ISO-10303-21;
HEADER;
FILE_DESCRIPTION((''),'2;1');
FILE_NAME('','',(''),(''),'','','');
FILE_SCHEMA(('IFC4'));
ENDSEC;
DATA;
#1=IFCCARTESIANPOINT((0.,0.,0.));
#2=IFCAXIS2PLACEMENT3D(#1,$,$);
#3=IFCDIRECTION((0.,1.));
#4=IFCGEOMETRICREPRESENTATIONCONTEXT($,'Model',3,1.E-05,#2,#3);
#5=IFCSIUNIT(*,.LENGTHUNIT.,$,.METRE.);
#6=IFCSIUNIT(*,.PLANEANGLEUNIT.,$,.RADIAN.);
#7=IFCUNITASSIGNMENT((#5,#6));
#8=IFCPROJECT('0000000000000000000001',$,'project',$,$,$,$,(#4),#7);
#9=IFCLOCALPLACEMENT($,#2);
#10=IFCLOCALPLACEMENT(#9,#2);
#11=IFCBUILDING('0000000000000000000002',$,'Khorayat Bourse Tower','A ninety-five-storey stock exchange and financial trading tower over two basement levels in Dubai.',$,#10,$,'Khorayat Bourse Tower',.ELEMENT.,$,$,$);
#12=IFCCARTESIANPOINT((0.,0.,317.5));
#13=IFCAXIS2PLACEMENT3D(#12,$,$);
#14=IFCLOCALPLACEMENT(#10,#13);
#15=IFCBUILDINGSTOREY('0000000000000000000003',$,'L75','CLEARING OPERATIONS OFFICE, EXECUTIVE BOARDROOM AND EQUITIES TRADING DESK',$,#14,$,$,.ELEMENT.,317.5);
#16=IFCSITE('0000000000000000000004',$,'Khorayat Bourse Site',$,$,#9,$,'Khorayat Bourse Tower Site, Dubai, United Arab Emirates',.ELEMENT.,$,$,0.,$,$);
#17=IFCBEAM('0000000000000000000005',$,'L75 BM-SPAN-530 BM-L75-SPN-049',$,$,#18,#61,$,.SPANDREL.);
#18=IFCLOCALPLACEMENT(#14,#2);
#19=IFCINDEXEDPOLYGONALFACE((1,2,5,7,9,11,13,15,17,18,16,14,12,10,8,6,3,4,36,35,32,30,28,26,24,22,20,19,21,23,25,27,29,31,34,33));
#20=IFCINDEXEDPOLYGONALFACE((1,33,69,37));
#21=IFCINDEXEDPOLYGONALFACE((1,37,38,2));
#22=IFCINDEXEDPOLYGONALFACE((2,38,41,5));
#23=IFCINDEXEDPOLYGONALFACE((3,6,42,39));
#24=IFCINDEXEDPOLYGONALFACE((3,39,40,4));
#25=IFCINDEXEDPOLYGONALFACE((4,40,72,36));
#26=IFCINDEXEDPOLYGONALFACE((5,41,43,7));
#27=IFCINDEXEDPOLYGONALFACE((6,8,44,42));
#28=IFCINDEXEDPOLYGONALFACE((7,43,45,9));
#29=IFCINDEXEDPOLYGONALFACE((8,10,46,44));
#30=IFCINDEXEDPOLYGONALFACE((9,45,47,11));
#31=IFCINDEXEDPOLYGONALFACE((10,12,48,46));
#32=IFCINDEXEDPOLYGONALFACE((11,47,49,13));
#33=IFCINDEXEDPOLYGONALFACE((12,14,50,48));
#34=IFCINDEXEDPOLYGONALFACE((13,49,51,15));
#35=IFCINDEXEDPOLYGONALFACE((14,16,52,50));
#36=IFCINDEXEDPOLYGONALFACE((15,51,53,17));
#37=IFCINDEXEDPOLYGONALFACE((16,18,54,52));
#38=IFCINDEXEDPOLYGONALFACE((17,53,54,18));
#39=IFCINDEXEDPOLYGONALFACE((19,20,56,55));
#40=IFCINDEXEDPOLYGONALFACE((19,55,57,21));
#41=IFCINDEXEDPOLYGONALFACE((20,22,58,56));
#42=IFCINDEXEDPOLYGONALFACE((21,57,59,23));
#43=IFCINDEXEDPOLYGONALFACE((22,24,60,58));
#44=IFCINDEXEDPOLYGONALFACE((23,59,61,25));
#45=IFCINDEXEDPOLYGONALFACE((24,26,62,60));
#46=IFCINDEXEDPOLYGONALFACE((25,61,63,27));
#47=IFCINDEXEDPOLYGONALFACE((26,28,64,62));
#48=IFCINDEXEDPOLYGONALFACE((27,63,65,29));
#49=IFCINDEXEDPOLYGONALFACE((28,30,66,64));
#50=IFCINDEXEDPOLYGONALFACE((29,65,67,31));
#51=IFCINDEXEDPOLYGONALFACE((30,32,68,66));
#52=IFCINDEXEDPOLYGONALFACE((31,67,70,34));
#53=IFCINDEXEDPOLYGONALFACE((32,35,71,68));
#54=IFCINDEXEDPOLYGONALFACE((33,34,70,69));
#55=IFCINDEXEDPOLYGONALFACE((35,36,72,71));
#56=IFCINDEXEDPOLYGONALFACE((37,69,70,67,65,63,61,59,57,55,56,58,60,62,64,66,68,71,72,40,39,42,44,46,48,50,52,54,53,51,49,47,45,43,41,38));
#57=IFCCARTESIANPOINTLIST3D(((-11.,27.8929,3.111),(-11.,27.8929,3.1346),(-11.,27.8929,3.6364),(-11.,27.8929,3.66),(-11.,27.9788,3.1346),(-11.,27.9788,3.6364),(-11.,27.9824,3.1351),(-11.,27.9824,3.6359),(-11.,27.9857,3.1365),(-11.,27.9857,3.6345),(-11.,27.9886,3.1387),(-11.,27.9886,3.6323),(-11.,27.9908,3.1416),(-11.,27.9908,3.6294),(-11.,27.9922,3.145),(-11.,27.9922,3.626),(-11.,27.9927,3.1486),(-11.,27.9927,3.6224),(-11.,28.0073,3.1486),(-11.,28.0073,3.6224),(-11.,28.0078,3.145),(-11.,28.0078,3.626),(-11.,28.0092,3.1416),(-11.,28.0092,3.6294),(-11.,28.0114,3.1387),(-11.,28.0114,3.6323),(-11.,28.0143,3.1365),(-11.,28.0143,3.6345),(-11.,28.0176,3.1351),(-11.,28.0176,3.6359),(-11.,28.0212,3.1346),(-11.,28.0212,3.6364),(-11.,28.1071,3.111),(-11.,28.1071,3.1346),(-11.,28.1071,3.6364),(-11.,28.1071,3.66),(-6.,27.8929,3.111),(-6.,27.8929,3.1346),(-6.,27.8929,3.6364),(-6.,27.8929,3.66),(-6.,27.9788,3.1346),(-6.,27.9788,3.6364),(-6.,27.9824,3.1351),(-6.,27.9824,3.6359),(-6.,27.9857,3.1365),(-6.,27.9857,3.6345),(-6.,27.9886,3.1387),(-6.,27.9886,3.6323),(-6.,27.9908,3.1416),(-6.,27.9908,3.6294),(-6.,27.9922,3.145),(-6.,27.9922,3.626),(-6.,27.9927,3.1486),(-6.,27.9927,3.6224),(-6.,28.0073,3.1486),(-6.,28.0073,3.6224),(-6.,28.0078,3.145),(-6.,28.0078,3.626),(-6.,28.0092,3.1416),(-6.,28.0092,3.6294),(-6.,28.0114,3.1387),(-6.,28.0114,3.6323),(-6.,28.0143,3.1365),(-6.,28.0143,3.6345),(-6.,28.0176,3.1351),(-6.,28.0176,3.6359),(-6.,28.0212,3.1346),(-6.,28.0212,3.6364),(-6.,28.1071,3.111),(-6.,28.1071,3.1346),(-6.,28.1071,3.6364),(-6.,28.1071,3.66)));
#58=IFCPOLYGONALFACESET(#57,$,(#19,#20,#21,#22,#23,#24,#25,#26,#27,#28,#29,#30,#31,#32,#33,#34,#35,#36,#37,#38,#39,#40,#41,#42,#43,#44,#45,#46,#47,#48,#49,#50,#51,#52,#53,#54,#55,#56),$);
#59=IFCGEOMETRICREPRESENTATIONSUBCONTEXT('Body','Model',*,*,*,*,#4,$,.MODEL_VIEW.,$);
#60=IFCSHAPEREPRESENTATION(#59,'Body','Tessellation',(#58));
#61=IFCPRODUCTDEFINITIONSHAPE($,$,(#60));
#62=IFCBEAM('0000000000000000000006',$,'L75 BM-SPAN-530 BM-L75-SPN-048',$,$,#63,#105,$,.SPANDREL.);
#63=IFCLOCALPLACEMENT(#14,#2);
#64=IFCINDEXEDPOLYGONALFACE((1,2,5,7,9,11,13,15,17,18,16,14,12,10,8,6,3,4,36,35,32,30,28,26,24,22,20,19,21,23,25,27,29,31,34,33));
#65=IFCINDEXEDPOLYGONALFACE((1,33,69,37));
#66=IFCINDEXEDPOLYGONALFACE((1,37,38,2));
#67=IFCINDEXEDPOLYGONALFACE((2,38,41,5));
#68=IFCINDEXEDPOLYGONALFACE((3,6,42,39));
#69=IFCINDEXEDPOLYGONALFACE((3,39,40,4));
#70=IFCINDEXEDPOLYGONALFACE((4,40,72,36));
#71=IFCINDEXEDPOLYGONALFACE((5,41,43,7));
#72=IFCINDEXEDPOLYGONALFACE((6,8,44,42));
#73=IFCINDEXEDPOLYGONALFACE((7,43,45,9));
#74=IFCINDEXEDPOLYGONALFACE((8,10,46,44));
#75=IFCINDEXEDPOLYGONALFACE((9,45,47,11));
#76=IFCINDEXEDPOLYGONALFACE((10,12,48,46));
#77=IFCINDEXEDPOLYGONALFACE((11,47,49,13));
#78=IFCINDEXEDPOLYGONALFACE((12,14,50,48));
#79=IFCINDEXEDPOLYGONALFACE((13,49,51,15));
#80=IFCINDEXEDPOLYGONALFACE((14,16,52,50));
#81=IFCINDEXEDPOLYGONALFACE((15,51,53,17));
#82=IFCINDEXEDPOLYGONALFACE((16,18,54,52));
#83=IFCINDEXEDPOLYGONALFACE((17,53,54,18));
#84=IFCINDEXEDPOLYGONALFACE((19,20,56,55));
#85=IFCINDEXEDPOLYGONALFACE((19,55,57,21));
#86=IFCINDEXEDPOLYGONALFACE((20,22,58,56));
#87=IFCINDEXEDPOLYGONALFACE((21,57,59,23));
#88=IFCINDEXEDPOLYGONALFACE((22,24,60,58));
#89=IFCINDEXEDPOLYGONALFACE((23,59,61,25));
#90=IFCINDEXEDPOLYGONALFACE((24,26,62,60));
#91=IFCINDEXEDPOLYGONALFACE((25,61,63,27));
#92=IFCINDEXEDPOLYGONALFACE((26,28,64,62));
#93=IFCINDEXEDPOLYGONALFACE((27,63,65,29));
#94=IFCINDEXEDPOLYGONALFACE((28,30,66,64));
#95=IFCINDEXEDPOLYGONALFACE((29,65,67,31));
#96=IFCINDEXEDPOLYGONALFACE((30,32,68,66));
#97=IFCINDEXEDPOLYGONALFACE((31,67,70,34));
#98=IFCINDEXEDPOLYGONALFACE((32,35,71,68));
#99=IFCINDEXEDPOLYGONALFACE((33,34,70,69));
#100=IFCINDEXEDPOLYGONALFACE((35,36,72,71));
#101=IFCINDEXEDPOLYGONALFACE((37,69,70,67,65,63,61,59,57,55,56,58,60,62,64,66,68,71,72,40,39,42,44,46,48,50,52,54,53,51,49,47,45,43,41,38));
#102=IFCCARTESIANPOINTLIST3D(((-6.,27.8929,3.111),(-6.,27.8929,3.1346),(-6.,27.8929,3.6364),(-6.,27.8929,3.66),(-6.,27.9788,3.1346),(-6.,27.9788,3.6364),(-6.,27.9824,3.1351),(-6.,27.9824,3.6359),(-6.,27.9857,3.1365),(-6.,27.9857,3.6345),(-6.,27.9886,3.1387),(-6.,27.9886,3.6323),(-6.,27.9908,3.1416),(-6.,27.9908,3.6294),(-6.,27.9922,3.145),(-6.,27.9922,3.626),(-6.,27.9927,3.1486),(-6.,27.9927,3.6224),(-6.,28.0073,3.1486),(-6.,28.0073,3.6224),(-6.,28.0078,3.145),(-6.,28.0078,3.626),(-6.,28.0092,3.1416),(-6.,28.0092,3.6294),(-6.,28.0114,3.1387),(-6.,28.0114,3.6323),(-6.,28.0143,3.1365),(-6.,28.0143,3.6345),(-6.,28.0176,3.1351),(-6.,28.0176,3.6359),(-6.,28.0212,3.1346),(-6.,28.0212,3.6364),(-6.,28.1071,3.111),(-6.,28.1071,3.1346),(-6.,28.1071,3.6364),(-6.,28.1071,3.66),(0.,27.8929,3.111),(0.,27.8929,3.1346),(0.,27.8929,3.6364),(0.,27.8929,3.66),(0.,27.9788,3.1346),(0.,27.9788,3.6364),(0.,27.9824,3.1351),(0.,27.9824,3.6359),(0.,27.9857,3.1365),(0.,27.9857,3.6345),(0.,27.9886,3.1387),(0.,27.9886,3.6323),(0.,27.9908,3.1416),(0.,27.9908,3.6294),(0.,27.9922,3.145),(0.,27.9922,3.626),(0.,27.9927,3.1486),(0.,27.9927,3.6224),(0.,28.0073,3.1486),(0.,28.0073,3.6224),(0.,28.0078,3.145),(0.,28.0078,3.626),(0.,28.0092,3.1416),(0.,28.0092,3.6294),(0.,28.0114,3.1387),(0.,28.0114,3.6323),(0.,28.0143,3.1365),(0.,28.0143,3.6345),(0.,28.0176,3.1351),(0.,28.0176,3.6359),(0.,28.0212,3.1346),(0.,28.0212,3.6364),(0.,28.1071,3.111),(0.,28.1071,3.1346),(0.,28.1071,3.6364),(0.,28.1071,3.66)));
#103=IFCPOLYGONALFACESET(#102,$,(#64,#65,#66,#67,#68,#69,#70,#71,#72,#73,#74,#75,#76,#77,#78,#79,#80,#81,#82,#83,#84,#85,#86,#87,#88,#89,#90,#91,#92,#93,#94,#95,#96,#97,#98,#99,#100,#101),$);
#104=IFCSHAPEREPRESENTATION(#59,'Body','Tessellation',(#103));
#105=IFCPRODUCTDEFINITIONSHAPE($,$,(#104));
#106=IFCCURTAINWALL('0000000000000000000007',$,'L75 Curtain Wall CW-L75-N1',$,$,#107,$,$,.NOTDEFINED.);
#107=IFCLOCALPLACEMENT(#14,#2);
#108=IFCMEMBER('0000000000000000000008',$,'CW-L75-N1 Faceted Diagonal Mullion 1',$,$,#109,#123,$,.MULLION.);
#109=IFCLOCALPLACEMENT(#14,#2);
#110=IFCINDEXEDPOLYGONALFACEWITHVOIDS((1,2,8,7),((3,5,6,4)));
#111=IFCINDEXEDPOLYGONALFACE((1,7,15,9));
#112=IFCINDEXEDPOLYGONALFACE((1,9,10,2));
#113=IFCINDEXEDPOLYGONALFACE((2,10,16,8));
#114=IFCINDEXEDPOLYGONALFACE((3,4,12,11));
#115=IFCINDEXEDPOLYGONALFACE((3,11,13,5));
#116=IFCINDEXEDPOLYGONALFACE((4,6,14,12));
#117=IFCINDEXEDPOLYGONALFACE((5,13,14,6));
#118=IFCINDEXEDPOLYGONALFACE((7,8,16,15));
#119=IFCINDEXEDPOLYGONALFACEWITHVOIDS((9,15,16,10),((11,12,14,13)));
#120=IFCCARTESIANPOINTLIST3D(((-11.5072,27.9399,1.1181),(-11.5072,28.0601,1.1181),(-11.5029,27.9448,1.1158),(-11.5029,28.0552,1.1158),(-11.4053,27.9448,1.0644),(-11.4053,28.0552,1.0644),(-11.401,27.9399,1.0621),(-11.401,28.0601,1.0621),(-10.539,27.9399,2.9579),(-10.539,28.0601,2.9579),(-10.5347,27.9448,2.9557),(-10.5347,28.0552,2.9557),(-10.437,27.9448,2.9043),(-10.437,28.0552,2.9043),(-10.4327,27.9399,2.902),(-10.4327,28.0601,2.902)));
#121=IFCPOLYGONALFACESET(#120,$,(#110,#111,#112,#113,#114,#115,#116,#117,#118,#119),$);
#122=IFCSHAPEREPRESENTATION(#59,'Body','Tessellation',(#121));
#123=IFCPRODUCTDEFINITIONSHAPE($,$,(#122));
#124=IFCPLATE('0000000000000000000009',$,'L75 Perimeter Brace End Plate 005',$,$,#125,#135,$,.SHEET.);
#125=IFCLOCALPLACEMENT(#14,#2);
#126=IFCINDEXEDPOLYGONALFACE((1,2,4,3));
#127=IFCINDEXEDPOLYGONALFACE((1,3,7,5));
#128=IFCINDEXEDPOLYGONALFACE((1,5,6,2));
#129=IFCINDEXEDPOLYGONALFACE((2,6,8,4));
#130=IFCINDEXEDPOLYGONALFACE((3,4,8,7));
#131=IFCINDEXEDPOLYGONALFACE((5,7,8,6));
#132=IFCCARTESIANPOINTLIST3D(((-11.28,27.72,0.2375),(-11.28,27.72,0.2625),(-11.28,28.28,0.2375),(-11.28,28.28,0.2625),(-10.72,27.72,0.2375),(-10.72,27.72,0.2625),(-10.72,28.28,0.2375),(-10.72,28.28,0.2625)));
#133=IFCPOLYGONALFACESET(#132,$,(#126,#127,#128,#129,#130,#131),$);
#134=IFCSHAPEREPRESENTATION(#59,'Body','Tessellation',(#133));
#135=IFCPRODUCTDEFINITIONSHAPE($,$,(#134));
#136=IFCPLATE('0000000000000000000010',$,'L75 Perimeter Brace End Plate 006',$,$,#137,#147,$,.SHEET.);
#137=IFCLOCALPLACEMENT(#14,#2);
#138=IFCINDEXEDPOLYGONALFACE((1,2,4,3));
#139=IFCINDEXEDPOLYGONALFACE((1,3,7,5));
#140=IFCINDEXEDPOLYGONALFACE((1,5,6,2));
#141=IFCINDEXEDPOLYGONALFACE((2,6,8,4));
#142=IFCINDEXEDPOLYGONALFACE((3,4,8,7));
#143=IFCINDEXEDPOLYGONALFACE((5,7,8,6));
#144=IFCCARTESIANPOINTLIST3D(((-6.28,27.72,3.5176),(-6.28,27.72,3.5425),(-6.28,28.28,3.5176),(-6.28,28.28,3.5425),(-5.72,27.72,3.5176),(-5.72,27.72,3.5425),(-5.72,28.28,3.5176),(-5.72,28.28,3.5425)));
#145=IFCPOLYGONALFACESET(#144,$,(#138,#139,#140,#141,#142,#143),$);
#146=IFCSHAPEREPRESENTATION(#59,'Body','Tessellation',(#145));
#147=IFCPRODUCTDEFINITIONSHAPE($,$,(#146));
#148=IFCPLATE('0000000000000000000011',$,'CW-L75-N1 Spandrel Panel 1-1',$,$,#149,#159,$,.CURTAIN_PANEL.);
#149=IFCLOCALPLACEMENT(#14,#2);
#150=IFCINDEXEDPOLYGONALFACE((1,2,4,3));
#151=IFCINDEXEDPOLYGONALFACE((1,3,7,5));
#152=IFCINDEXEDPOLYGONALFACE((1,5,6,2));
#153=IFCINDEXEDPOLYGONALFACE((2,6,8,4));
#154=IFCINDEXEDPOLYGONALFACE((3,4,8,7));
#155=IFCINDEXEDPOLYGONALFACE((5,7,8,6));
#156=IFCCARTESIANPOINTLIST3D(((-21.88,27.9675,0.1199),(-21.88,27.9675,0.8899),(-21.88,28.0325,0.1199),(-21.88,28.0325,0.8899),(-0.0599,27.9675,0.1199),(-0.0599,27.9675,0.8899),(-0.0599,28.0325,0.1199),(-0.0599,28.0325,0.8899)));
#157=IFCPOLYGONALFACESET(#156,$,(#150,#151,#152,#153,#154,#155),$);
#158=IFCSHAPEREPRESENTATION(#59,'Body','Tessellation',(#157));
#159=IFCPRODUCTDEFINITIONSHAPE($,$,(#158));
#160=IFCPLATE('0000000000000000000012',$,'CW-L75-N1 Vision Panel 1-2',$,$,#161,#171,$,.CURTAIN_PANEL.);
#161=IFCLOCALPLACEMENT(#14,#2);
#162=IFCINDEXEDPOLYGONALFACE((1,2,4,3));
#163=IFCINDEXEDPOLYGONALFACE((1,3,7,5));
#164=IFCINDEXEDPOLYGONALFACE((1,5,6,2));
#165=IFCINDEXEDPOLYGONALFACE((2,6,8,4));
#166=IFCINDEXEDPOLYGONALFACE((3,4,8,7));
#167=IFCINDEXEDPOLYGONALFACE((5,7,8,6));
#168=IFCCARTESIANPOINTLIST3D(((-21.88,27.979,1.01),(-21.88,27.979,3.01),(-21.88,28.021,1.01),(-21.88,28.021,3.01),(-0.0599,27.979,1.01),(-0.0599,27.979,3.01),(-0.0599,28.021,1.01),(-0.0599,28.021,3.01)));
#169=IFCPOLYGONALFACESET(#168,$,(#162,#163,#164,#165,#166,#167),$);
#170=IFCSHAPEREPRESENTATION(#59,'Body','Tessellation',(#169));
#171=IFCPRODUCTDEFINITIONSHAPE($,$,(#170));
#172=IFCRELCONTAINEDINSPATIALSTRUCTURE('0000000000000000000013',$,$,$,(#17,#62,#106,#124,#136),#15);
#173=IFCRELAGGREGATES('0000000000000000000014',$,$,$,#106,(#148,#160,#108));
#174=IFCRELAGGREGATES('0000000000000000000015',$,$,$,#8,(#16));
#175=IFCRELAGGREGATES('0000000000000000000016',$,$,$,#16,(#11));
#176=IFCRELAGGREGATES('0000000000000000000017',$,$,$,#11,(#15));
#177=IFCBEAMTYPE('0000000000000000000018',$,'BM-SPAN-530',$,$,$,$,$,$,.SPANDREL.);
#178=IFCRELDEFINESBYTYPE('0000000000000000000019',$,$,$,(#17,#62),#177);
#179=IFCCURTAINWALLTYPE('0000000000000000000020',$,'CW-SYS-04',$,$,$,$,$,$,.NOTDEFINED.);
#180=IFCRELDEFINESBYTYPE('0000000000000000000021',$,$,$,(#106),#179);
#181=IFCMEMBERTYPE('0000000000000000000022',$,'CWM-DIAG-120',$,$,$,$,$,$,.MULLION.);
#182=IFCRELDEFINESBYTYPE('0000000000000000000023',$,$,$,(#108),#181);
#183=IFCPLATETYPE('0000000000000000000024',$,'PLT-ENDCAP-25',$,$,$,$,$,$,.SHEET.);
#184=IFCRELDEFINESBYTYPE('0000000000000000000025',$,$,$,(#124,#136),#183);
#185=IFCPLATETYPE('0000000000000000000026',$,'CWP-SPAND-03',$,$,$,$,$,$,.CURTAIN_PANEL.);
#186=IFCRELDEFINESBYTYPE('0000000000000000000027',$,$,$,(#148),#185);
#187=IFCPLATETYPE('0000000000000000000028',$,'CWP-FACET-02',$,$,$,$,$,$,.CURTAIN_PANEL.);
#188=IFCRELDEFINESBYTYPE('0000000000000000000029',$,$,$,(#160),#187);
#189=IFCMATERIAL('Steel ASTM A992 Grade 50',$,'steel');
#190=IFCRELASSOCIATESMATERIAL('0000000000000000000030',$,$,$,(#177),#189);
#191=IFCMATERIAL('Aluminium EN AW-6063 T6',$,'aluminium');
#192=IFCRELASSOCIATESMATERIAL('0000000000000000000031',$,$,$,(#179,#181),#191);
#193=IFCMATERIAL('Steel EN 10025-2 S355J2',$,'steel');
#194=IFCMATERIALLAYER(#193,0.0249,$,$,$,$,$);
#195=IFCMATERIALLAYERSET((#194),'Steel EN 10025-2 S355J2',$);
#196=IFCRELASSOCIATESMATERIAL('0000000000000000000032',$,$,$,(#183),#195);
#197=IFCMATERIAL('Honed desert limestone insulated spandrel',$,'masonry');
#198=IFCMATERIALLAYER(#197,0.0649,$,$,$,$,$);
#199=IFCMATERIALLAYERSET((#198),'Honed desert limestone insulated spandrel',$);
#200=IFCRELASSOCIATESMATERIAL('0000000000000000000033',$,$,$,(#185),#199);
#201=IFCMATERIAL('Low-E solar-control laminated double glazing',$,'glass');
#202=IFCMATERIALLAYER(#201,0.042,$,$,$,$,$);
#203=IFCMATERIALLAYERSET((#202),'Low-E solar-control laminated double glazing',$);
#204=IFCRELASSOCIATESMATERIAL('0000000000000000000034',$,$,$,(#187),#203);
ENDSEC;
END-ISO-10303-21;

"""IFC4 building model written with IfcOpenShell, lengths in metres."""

from ifc_helpers import new_model, si_unit, direction, frame, origin, origin_2d, place, context, subcontext, project, spatial, rectangle, hollow_rectangle, i_section, extrude, source, transform, mapped, material, layer, layer_set, material_profile, profile_set, type_object, element, aggregate, save


model = new_model("IFC4")

# Units and contexts
model_context = context("Model", 3, precision=1e-05, world=origin(), true_north=direction((0.0, 1.0)))
body_context = subcontext(model_context, "Body", "Model", "MODEL_VIEW")
ifc_project = project(units=[si_unit("LENGTHUNIT", "METRE"), si_unit("PLANEANGLEUNIT", "RADIAN")], contexts=[model_context])

# Site, building, storey
site_placement = place(None, origin())
site = spatial("IfcSite", under=ifc_project, at=site_placement, Name="Khorayat Bourse Site", LongName="Khorayat Bourse Tower Site, Dubai, United Arab Emirates", CompositionType="ELEMENT", RefElevation=0.0)
building_placement = place(site_placement, origin())
building = spatial("IfcBuilding", under=site, at=building_placement, Name="Khorayat Bourse Tower", Description="A ninety-five-storey stock exchange and financial trading tower over two basement levels in Dubai.", LongName="Khorayat Bourse Tower", CompositionType="ELEMENT")
storey_placement = place(building_placement, frame((0.0, 0.0, 317.5)))
storey = spatial("IfcBuildingStorey", under=building, at=storey_placement, Name="L75", Description="CLEARING OPERATIONS OFFICE, EXECUTIVE BOARDROOM AND EQUITIES TRADING DESK", CompositionType="ELEMENT", Elevation=317.5)

# Beams
ifc_material_1 = material(Name="Steel ASTM A992 Grade 50", Category="steel")
ifc_material_profile_1 = material_profile(ifc_material_1, i_section(OverallWidth=0.2141, OverallDepth=0.5491, WebThickness=0.0146, FlangeThickness=0.0237, FilletRadius=0.0139, at=origin_2d()), Name="W530X138")
ifc_profile_set_1 = profile_set([ifc_material_profile_1], Name="Steel ASTM A992 Grade 50")
beam_type_1 = type_object("IfcBeamType", Name="BM-SPAN-530", PredefinedType="SPANDREL", material=ifc_profile_set_1)
shared_shape_1 = source(origin(), body_context, "Body", "SweptSolid", [
    extrude(i_section(OverallWidth=0.2141, OverallDepth=0.5491, WebThickness=0.0146, FlangeThickness=0.0237, FilletRadius=0.0139, at=origin_2d()), origin(), (0.0, 0.0, 1.0), 5.0),
])
beam_1_placement = place(storey_placement, frame((-11.0, 28.0, 3.3855), z_axis=(1.0, 0.0, 0.0), x_axis=(0.0, 1.0, 0.0)))
element("IfcBeam", 1, at=beam_1_placement, inside=storey, type_object=beam_type_1, Name="L75 BM-SPAN-530 BM-L75-SPN-049", PredefinedType="SPANDREL", context=body_context, shape_type="MappedRepresentation", body=[
    mapped(shared_shape_1, transform((0.0, 0.0, 0.0), scale=1.0)),
])
shared_shape_2 = source(origin(), body_context, "Body", "SweptSolid", [
    extrude(i_section(OverallWidth=0.2141, OverallDepth=0.5491, WebThickness=0.0146, FlangeThickness=0.0237, FilletRadius=0.0139, at=origin_2d()), origin(), (0.0, 0.0, 1.0), 6.0),
])
beam_2_placement = place(storey_placement, frame((-6.0, 28.0, 3.3855), z_axis=(1.0, 0.0, 0.0), x_axis=(0.0, 1.0, 0.0)))
element("IfcBeam", 2, at=beam_2_placement, inside=storey, type_object=beam_type_1, Name="L75 BM-SPAN-530 BM-L75-SPN-048", PredefinedType="SPANDREL", context=body_context, shape_type="MappedRepresentation", body=[
    mapped(shared_shape_2, transform((0.0, 0.0, 0.0), scale=1.0)),
])

# Curtain wall, member
ifc_material_2 = material(Name="Aluminium EN AW-6063 T6", Category="aluminium")
curtain_wall_type = type_object("IfcCurtainWallType", Name="CW-SYS-04", PredefinedType="NOTDEFINED", material=ifc_material_2)
curtain_wall_placement = place(storey_placement, origin())
curtain_wall = element("IfcCurtainWall", 3, at=curtain_wall_placement, inside=storey, type_object=curtain_wall_type, Name="L75 Curtain Wall CW-L75-N1", PredefinedType="NOTDEFINED")
ifc_material_profile_2 = material_profile(ifc_material_2, hollow_rectangle(XDim=0.1201, YDim=0.1201, WallThickness=0.0049, at=origin_2d()), Name="ALU 120x120x5")
ifc_profile_set_2 = profile_set([ifc_material_profile_2], Name="Aluminium EN AW-6063 T6")
member_type_1 = type_object("IfcMemberType", Name="CWM-DIAG-120", PredefinedType="MULLION", material=ifc_profile_set_2)
shared_shape_3 = source(origin(), body_context, "Body", "SweptSolid", [
    extrude(hollow_rectangle(XDim=0.1201, YDim=0.1201, WallThickness=0.0049, at=origin_2d()), origin(), (0.0, 0.0, 1.0), 2.0791),
])
member_1_placement = place(storey_placement, frame((-11.4541, 28.0, 1.0901), z_axis=(0.465717, 0.0, 0.884934), x_axis=(0.0, 1.0, 0.0)))
member_1 = element("IfcMember", 4, at=member_1_placement, type_object=member_type_1, Name="CW-L75-N1 Faceted Diagonal Mullion 1", PredefinedType="MULLION", context=body_context, shape_type="MappedRepresentation", body=[
    mapped(shared_shape_3, transform((0.0, 0.0, 0.0), scale=1.0)),
])

# Plates
ifc_material_3 = material(Name="Steel EN 10025-2 S355J2", Category="steel")
ifc_layer_1 = layer(ifc_material_3, 0.0249)
ifc_layer_set_1 = layer_set([ifc_layer_1], Name="Steel EN 10025-2 S355J2")
plate_type_1 = type_object("IfcPlateType", Name="PLT-ENDCAP-25", PredefinedType="SHEET", material=ifc_layer_set_1)
shared_shape_4 = source(origin(), body_context, "Body", "SweptSolid", [
    extrude(rectangle(XDim=0.5601, YDim=0.5601, at=origin_2d()), origin(), (0.0, 0.0, 1.0), 0.0249),
])
for number, where, z_axis, x_axis, name in (
    (5, (-11.0, 28.0, 0.2375), (0.0, 0.0, 1.0), (1.0, 0.0, 0.0), "L75 Perimeter Brace End Plate 005"),
    (6, (-6.0, 28.0, 3.5176), (0.0, 0.0, 1.0), (1.0, 0.0, 0.0), "L75 Perimeter Brace End Plate 006"),
):
    element("IfcPlate", number, at=place(storey_placement, frame(where, z_axis=z_axis, x_axis=x_axis)), inside=storey, type_object=plate_type_1, Name=name, PredefinedType="SHEET", context=body_context, shape_type="MappedRepresentation", body=[
        mapped(shared_shape_4, transform((0.0, 0.0, 0.0), scale=1.0)),
    ])

# Plates
ifc_material_4 = material(Name="Honed desert limestone insulated spandrel", Category="masonry")
ifc_layer_2 = layer(ifc_material_4, 0.0649)
ifc_layer_set_2 = layer_set([ifc_layer_2], Name="Honed desert limestone insulated spandrel")
plate_type_2 = type_object("IfcPlateType", Name="CWP-SPAND-03", PredefinedType="CURTAIN_PANEL", material=ifc_layer_set_2)
shared_shape_5 = source(origin(), body_context, "Body", "SweptSolid", [
    extrude(rectangle(XDim=21.8201, YDim=0.0649, at=origin_2d()), origin(), (0.0, 0.0, 1.0), 0.77),
])
plate_1_placement = place(storey_placement, frame((-10.97, 28.0, 0.1199), z_axis=(0.0, 0.0, 1.0), x_axis=(1.0, 0.0, 0.0)))
plate_1 = element("IfcPlate", 7, at=plate_1_placement, type_object=plate_type_2, Name="CW-L75-N1 Spandrel Panel 1-1", PredefinedType="CURTAIN_PANEL", context=body_context, shape_type="MappedRepresentation", body=[
    mapped(shared_shape_5, transform((0.0, 0.0, 0.0), scale=1.0)),
])
ifc_material_5 = material(Name="Low-E solar-control laminated double glazing", Category="glass")
ifc_layer_3 = layer(ifc_material_5, 0.042)
ifc_layer_set_3 = layer_set([ifc_layer_3], Name="Low-E solar-control laminated double glazing")
plate_type_3 = type_object("IfcPlateType", Name="CWP-FACET-02", PredefinedType="CURTAIN_PANEL", material=ifc_layer_set_3)
shared_shape_6 = source(origin(), body_context, "Body", "SweptSolid", [
    extrude(rectangle(XDim=21.8201, YDim=0.042, at=origin_2d()), origin(), (0.0, 0.0, 1.0), 2.0),
])
plate_2_placement = place(storey_placement, frame((-10.97, 28.0, 1.01), z_axis=(0.0, 0.0, 1.0), x_axis=(1.0, 0.0, 0.0)))
plate_2 = element("IfcPlate", 8, at=plate_2_placement, type_object=plate_type_3, Name="CW-L75-N1 Vision Panel 1-2", PredefinedType="CURTAIN_PANEL", context=body_context, shape_type="MappedRepresentation", body=[
    mapped(shared_shape_6, transform((0.0, 0.0, 0.0), scale=1.0)),
])
aggregate(curtain_wall, [plate_1, plate_2, member_1])

save(model, "model.ifc")
